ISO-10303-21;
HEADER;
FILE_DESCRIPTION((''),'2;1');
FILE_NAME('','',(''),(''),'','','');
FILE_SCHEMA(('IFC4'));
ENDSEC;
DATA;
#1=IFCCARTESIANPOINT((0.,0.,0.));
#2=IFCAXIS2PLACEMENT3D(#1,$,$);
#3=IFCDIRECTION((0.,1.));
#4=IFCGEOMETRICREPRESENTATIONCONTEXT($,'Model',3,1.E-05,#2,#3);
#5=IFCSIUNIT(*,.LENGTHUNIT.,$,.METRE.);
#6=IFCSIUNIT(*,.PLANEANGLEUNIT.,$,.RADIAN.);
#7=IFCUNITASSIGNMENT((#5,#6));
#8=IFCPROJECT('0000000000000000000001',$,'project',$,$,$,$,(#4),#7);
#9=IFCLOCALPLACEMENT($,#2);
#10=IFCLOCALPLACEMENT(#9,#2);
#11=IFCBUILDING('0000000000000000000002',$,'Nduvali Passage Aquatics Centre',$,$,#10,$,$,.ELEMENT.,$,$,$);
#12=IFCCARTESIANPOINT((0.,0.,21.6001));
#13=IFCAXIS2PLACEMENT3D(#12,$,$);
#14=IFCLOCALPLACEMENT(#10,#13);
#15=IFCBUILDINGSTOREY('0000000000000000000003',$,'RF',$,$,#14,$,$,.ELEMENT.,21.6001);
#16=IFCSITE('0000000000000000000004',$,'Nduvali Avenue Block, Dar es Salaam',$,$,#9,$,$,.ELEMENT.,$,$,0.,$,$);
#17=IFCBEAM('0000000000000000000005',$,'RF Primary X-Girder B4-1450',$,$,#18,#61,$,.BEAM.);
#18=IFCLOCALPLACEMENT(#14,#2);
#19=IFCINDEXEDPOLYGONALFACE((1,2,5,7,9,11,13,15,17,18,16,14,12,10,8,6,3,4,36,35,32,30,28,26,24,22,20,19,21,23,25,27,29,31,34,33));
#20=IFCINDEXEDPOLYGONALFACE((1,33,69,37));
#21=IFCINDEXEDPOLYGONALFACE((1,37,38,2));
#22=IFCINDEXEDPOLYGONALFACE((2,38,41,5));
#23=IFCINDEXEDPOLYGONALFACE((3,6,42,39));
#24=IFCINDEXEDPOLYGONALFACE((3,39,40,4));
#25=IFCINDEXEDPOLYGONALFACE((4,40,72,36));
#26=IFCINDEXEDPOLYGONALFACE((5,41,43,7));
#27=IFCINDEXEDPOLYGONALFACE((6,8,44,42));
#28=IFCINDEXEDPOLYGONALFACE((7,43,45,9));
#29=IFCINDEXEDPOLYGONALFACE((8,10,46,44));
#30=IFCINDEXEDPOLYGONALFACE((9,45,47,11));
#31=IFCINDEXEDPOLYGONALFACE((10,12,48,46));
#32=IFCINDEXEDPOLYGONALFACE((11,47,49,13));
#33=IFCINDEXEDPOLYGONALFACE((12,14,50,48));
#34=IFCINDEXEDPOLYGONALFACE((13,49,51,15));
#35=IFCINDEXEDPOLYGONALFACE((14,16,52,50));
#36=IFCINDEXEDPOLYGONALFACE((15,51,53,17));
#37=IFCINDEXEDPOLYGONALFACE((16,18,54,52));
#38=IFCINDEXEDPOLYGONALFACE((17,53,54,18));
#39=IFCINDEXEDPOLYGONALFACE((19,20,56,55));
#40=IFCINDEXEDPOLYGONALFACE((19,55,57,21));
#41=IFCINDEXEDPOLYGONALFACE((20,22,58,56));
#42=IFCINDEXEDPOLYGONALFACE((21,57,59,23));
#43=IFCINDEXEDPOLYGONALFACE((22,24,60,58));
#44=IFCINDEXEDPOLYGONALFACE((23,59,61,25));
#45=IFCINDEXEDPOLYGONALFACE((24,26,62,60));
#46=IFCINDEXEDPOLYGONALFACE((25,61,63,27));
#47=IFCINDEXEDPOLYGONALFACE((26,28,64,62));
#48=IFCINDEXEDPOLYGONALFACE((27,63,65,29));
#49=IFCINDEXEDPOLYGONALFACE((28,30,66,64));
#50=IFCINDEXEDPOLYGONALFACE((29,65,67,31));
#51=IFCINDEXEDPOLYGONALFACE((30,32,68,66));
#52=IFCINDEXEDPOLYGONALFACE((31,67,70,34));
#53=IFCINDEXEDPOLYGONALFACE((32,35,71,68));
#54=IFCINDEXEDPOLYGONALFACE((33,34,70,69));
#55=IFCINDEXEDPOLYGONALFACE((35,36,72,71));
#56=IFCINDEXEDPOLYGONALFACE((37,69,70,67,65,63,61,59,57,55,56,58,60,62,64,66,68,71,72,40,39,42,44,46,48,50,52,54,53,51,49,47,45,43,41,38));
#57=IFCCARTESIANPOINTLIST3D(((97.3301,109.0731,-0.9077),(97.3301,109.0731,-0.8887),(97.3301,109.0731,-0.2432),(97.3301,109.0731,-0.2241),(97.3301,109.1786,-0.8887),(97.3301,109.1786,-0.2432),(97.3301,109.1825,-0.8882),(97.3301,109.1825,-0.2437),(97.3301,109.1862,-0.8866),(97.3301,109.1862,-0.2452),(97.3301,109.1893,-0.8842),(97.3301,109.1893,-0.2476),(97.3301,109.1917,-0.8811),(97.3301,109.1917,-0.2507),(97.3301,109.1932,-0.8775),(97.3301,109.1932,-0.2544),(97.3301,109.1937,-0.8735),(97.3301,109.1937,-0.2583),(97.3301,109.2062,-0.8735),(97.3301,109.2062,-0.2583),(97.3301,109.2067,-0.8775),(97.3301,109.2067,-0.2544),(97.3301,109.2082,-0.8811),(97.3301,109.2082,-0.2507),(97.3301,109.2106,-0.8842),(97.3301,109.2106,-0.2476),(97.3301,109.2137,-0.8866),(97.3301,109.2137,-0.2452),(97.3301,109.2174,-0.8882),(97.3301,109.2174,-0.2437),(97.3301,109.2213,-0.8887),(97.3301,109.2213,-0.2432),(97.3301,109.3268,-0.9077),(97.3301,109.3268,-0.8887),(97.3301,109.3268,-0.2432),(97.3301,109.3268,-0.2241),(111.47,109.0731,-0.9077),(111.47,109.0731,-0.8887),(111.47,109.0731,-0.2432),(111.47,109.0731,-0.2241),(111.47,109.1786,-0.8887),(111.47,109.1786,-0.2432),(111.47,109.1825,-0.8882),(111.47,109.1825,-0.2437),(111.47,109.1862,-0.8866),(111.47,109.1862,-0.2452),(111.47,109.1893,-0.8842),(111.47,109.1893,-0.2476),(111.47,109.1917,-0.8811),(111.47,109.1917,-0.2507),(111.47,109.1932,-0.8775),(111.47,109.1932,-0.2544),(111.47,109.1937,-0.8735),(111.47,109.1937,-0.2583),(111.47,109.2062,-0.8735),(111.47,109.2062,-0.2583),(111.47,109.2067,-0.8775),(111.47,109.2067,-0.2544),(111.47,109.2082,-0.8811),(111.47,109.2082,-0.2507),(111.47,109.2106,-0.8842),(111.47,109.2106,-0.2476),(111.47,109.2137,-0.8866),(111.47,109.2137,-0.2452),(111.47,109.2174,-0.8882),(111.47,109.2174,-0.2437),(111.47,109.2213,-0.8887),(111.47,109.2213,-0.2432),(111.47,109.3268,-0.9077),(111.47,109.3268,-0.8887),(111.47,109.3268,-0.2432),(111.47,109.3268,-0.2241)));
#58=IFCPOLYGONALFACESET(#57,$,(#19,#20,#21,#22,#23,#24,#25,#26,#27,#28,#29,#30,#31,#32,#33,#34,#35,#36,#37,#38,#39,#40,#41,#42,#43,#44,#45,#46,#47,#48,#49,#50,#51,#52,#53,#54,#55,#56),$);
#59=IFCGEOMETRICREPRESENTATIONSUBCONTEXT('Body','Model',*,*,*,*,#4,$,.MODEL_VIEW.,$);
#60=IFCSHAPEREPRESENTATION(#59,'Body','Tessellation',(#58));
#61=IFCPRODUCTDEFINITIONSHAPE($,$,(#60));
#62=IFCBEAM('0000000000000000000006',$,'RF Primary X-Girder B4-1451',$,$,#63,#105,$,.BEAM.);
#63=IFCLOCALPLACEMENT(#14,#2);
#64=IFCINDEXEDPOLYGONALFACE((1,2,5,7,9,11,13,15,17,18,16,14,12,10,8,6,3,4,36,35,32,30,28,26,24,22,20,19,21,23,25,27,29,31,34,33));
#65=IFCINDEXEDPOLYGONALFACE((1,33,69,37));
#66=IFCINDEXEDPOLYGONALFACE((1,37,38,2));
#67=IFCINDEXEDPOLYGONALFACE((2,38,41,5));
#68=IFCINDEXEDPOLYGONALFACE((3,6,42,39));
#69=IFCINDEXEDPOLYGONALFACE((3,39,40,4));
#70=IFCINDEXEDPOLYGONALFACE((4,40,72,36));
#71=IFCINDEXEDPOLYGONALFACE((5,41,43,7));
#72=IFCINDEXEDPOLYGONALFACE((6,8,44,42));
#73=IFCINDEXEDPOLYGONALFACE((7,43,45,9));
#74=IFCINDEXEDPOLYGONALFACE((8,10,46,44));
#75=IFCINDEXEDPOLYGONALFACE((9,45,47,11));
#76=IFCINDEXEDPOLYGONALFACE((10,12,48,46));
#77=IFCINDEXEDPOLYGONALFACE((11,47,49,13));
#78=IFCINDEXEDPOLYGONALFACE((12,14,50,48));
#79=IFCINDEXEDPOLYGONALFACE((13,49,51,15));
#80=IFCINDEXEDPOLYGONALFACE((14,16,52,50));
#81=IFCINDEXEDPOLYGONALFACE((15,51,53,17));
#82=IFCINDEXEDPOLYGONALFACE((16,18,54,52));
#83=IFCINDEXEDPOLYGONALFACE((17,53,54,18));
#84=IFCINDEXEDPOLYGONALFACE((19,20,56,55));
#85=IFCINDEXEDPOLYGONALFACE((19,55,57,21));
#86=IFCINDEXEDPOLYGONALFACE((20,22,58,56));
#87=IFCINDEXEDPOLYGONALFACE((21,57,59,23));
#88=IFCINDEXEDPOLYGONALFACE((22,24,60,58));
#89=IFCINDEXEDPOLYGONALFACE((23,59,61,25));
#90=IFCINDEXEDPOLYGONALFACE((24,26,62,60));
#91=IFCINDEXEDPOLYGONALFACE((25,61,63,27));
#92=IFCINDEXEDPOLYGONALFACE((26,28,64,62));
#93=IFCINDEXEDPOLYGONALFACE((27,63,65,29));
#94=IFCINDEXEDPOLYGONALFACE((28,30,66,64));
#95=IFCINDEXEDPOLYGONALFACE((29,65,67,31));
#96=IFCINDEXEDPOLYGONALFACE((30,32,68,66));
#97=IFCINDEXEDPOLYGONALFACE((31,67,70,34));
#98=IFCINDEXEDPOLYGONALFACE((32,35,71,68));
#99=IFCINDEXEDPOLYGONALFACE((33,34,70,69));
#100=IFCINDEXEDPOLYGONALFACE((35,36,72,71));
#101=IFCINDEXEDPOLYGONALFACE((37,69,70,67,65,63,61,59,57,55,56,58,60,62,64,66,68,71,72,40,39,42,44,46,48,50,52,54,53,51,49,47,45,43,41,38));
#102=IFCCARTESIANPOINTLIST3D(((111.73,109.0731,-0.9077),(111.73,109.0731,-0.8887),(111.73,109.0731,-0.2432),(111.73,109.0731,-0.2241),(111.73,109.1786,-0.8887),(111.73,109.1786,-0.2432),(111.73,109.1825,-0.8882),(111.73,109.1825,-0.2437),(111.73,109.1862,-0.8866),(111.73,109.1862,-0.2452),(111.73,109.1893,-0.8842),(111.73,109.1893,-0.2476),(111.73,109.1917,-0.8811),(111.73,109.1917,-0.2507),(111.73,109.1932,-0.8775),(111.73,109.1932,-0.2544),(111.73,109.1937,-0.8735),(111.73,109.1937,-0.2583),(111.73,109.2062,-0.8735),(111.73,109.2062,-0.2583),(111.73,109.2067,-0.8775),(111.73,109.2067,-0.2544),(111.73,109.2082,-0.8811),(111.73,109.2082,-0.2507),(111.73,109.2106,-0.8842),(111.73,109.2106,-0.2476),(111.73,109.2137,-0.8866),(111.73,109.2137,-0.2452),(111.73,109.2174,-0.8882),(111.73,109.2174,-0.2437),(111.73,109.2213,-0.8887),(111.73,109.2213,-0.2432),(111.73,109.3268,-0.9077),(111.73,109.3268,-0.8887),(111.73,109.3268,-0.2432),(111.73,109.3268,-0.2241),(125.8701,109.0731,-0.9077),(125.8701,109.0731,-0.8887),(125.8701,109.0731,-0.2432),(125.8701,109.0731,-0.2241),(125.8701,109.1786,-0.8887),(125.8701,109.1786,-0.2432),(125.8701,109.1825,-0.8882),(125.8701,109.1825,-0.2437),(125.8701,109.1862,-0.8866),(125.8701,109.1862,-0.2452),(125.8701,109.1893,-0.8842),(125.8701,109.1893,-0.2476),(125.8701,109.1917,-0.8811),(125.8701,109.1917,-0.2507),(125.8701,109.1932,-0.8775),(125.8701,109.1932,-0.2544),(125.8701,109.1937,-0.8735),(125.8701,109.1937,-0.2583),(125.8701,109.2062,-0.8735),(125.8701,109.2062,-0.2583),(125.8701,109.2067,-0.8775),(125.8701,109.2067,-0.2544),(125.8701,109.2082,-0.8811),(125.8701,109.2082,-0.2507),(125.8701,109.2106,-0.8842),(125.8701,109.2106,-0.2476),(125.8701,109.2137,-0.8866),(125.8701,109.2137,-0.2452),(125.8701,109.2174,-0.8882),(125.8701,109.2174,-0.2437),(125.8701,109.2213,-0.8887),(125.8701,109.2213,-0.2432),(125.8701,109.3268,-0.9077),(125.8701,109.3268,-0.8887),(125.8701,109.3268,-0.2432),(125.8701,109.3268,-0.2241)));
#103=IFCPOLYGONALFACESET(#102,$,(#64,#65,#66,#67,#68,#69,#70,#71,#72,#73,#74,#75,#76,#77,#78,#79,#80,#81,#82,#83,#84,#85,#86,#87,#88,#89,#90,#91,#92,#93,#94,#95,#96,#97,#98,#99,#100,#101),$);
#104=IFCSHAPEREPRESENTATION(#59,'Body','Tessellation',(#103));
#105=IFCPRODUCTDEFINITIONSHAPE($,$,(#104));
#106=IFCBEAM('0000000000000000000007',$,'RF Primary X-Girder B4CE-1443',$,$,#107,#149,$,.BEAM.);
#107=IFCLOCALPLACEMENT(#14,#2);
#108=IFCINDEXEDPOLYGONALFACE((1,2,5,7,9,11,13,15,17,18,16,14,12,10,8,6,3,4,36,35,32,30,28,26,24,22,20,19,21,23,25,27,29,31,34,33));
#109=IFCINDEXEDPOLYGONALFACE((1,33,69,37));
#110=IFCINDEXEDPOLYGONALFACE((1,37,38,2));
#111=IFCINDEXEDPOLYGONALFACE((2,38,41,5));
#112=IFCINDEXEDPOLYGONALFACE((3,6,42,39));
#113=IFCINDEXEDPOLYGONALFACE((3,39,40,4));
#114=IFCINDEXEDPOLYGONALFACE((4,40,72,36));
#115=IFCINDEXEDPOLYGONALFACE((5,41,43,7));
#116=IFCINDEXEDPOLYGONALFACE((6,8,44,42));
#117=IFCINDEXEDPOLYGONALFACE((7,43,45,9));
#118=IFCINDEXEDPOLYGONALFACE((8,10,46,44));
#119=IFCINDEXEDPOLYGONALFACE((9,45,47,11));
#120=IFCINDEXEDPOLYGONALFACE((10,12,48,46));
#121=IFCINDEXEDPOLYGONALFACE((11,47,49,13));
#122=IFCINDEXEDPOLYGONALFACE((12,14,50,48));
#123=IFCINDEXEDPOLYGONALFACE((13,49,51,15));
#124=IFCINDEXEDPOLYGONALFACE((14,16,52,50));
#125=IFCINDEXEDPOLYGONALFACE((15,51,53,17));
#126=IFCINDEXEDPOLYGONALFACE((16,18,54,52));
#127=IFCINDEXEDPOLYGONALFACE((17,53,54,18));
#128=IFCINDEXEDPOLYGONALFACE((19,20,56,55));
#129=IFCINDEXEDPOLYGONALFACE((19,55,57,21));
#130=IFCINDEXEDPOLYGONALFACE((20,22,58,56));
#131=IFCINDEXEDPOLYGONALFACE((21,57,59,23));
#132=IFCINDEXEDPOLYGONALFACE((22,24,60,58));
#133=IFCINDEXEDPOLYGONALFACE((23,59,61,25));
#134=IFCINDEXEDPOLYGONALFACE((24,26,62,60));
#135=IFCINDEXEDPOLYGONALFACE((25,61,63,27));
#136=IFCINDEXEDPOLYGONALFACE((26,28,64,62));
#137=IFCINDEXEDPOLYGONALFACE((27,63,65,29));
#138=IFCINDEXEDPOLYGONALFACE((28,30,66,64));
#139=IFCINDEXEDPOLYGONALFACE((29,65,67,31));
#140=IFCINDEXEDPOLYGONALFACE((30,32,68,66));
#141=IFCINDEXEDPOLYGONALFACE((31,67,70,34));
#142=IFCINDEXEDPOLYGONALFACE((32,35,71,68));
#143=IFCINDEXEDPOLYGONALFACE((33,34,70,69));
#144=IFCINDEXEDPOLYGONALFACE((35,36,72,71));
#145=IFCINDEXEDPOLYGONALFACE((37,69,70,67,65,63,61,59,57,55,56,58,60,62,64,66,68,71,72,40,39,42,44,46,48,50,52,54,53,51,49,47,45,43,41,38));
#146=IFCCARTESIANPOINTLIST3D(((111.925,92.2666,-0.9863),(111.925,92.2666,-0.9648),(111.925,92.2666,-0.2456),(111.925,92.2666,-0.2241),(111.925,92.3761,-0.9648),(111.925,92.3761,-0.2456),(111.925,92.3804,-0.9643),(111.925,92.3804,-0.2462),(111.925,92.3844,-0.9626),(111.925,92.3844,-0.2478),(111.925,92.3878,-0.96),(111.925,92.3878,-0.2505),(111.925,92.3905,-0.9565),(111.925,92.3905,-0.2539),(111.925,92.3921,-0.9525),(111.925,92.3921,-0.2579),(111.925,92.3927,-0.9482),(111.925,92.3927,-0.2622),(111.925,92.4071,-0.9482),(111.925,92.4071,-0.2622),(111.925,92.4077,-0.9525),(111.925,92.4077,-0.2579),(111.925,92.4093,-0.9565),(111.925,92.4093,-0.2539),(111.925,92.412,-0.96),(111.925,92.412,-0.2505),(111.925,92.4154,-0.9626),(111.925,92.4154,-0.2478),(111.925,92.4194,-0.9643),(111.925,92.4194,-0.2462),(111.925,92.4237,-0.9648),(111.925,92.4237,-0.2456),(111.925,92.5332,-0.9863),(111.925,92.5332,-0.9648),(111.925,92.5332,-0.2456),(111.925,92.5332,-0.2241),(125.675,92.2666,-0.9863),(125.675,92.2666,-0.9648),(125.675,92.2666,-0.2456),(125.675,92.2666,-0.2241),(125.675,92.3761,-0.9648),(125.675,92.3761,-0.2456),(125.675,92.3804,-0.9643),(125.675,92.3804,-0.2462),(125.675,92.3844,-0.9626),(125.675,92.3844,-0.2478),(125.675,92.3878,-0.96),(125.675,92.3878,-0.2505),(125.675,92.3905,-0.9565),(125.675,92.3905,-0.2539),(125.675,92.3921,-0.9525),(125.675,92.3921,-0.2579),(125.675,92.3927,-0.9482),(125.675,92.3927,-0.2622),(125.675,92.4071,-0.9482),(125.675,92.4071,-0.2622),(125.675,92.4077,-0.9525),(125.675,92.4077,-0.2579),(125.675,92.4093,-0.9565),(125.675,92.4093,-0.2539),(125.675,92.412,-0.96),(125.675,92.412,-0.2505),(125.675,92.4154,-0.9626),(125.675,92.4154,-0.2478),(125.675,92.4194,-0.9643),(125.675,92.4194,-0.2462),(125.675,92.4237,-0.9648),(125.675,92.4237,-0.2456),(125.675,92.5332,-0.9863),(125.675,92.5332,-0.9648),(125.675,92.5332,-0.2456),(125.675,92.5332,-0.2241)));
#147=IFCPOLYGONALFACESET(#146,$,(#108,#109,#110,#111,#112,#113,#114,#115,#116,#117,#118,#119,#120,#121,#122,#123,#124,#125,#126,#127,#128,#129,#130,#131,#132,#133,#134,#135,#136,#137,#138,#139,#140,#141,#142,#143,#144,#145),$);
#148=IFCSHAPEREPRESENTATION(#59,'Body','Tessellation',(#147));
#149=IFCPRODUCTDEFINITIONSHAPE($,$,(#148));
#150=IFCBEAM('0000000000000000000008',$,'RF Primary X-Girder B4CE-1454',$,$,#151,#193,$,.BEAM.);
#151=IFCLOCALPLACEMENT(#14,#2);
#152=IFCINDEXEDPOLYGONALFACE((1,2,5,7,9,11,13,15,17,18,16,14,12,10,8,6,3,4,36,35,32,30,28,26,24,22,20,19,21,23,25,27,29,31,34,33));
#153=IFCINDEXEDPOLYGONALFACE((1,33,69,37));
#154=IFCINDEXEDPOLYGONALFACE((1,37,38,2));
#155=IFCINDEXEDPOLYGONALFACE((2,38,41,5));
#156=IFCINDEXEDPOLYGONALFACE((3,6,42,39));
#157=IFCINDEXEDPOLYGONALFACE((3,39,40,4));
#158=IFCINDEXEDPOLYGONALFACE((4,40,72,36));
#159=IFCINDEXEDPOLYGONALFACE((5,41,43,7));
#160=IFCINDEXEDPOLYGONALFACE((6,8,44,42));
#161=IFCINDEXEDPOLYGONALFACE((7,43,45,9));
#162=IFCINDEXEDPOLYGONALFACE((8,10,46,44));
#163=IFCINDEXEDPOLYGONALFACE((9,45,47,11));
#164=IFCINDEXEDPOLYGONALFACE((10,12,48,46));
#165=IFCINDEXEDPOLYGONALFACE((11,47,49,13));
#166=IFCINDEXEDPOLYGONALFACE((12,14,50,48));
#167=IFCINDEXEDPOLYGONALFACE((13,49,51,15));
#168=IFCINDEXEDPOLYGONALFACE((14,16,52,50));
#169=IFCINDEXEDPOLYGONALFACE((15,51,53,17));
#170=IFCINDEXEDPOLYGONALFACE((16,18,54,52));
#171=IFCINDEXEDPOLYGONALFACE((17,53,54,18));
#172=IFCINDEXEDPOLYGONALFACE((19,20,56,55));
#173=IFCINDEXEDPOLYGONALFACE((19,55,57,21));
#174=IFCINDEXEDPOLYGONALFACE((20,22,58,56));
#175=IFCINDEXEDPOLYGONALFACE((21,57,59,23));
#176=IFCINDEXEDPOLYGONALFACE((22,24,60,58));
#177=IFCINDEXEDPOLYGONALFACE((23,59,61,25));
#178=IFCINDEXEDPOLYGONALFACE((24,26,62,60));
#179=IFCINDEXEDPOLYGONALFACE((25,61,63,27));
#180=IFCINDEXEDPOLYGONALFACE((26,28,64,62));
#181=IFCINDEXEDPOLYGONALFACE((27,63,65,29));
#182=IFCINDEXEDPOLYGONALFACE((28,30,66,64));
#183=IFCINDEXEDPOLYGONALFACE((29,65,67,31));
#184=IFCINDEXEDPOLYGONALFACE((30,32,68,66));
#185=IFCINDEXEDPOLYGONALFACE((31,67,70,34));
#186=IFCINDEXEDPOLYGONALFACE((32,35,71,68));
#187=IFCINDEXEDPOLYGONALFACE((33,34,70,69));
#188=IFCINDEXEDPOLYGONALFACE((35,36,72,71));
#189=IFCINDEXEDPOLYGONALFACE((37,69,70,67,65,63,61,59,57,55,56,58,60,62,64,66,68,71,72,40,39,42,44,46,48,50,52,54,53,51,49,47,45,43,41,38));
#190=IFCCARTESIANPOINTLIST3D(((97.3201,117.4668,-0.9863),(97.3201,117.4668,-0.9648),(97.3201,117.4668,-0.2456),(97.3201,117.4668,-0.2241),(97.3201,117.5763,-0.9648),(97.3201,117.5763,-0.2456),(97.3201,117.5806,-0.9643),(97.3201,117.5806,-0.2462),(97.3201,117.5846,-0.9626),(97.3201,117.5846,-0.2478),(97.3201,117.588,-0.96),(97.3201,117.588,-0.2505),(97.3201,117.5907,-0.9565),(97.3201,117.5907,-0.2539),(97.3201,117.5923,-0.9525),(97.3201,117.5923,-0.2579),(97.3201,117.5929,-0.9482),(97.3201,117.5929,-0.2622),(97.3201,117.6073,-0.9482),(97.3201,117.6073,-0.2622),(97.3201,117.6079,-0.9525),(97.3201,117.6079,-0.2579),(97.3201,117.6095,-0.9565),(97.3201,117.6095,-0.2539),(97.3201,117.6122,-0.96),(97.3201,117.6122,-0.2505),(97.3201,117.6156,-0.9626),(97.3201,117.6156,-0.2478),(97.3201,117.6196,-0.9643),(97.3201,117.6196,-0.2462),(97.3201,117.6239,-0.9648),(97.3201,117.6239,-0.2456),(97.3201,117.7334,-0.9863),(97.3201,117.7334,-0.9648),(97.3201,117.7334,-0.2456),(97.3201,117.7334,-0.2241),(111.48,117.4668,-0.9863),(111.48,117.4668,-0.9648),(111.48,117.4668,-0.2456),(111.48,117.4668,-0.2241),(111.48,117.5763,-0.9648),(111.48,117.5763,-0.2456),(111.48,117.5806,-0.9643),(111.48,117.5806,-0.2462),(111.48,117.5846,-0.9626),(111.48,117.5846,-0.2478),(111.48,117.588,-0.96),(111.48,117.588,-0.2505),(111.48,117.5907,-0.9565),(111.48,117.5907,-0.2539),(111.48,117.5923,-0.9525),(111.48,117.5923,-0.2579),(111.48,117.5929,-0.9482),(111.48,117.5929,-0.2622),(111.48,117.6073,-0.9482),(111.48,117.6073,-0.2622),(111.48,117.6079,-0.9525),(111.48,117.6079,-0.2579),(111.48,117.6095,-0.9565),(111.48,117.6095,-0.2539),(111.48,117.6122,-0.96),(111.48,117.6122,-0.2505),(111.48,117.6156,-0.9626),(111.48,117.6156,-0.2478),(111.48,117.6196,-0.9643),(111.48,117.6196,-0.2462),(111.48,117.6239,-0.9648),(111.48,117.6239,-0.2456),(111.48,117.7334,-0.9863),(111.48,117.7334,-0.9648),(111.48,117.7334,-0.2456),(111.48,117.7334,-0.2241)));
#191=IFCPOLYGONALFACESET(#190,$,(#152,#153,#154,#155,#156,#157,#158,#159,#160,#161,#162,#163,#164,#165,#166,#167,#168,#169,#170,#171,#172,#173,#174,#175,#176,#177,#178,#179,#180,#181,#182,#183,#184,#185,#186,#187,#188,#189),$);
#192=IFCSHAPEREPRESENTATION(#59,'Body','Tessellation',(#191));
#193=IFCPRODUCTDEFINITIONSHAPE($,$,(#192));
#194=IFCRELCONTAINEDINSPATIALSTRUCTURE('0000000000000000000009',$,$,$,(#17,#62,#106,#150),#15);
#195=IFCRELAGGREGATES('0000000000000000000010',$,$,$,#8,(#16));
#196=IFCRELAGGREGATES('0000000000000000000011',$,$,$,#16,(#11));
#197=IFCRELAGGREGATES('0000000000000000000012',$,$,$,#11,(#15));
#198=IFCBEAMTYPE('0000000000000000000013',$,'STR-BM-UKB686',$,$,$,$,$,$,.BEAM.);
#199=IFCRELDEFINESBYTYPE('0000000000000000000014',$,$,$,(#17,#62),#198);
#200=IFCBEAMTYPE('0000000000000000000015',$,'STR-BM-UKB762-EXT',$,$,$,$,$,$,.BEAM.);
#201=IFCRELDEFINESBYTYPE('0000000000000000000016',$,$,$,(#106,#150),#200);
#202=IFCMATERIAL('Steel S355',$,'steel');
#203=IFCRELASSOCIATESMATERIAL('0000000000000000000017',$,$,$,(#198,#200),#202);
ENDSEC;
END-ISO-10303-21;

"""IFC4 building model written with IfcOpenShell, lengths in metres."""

from ifc_helpers import new_model, si_unit, direction, frame, origin, origin_2d, place, context, subcontext, project, spatial, i_section, extrude, material, material_profile, profile_set, type_object, element, save


model = new_model("IFC4")

# Units and contexts
model_context = context("Model", 3, precision=1e-05, world=origin(), true_north=direction((0.0, 1.0)))
body_context = subcontext(model_context, "Body", "Model", "MODEL_VIEW")
ifc_project = project(units=[si_unit("LENGTHUNIT", "METRE"), si_unit("PLANEANGLEUNIT", "RADIAN")], contexts=[model_context])

# Site, building, storey
site_placement = place(None, origin())
site = spatial("IfcSite", under=ifc_project, at=site_placement, Name="Nduvali Avenue Block, Dar es Salaam", CompositionType="ELEMENT", RefElevation=0.0)
building_placement = place(site_placement, origin())
building = spatial("IfcBuilding", under=site, at=building_placement, Name="Nduvali Passage Aquatics Centre", CompositionType="ELEMENT")
storey_placement = place(building_placement, frame((0.0, 0.0, 21.6001)))
storey = spatial("IfcBuildingStorey", under=building, at=storey_placement, Name="RF", CompositionType="ELEMENT", Elevation=21.6001)

# Beams
ifc_material_1 = material(Name="Steel S355", Category="steel")
ifc_material_profile_1 = material_profile(ifc_material_1, i_section(OverallWidth=0.2537, OverallDepth=0.6836, WebThickness=0.0125, FlangeThickness=0.019, FilletRadius=0.0151, at=origin_2d()), Name="UKB 686x254x140")
ifc_profile_set_1 = profile_set([ifc_material_profile_1], Name="Steel S355")
beam_type_1 = type_object("IfcBeamType", Name="STR-BM-UKB686", PredefinedType="BEAM", material=ifc_profile_set_1)
beam_1_placement = place(storey_placement, frame((97.3301, 109.2, -0.5659), z_axis=(1.0, 0.0, 0.0), x_axis=(0.0, 1.0, 0.0)))
element("IfcBeam", 1, at=beam_1_placement, inside=storey, type_object=beam_type_1, Name="RF Primary X-Girder B4-1450", PredefinedType="BEAM", context=body_context, shape_type="SweptSolid", body=[
    extrude(i_section(OverallWidth=0.2537, OverallDepth=0.6836, WebThickness=0.0125, FlangeThickness=0.019, FilletRadius=0.0151, at=origin_2d()), origin(), (0.0, 0.0, 1.0), 14.1399),
])
beam_2_placement = place(storey_placement, frame((111.73, 109.2, -0.5659), z_axis=(1.0, 0.0, 0.0), x_axis=(0.0, 1.0, 0.0)))
element("IfcBeam", 2, at=beam_2_placement, inside=storey, type_object=beam_type_1, Name="RF Primary X-Girder B4-1451", PredefinedType="BEAM", context=body_context, shape_type="SweptSolid", body=[
    extrude(i_section(OverallWidth=0.2537, OverallDepth=0.6836, WebThickness=0.0125, FlangeThickness=0.019, FilletRadius=0.0151, at=origin_2d()), origin(), (0.0, 0.0, 1.0), 14.1401),
])
ifc_material_profile_2 = material_profile(ifc_material_1, i_section(OverallWidth=0.2666, OverallDepth=0.7622, WebThickness=0.0144, FlangeThickness=0.0215, FilletRadius=0.0166, at=origin_2d()), Name="UKB 762x267x173")
ifc_profile_set_2 = profile_set([ifc_material_profile_2], Name="Steel S355")
beam_type_2 = type_object("IfcBeamType", Name="STR-BM-UKB762-EXT", PredefinedType="BEAM", material=ifc_profile_set_2)
beam_3_placement = place(storey_placement, frame((111.925, 92.3999, -0.6052), z_axis=(1.0, 0.0, 0.0), x_axis=(0.0, 1.0, 0.0)))
element("IfcBeam", 3, at=beam_3_placement, inside=storey, type_object=beam_type_2, Name="RF Primary X-Girder B4CE-1443", PredefinedType="BEAM", context=body_context, shape_type="SweptSolid", body=[
    extrude(i_section(OverallWidth=0.2666, OverallDepth=0.7622, WebThickness=0.0144, FlangeThickness=0.0215, FilletRadius=0.0166, at=origin_2d()), origin(), (0.0, 0.0, 1.0), 13.75),
])
for number, where, z_axis, x_axis, name in (
    (4, (97.3201, 117.6001, -0.6052), (1.0, 0.0, 0.0), (0.0, 1.0, 0.0), "RF Primary X-Girder B4CE-1454"),
):
    element("IfcBeam", number, at=place(storey_placement, frame(where, z_axis=z_axis, x_axis=x_axis)), inside=storey, type_object=beam_type_2, Name=name, PredefinedType="BEAM", context=body_context, shape_type="SweptSolid", body=[
        extrude(i_section(OverallWidth=0.2666, OverallDepth=0.7622, WebThickness=0.0144, FlangeThickness=0.0215, FilletRadius=0.0166, at=origin_2d()), origin(), (0.0, 0.0, 1.0), 14.1599),
    ])

save(model, "model.ifc")
